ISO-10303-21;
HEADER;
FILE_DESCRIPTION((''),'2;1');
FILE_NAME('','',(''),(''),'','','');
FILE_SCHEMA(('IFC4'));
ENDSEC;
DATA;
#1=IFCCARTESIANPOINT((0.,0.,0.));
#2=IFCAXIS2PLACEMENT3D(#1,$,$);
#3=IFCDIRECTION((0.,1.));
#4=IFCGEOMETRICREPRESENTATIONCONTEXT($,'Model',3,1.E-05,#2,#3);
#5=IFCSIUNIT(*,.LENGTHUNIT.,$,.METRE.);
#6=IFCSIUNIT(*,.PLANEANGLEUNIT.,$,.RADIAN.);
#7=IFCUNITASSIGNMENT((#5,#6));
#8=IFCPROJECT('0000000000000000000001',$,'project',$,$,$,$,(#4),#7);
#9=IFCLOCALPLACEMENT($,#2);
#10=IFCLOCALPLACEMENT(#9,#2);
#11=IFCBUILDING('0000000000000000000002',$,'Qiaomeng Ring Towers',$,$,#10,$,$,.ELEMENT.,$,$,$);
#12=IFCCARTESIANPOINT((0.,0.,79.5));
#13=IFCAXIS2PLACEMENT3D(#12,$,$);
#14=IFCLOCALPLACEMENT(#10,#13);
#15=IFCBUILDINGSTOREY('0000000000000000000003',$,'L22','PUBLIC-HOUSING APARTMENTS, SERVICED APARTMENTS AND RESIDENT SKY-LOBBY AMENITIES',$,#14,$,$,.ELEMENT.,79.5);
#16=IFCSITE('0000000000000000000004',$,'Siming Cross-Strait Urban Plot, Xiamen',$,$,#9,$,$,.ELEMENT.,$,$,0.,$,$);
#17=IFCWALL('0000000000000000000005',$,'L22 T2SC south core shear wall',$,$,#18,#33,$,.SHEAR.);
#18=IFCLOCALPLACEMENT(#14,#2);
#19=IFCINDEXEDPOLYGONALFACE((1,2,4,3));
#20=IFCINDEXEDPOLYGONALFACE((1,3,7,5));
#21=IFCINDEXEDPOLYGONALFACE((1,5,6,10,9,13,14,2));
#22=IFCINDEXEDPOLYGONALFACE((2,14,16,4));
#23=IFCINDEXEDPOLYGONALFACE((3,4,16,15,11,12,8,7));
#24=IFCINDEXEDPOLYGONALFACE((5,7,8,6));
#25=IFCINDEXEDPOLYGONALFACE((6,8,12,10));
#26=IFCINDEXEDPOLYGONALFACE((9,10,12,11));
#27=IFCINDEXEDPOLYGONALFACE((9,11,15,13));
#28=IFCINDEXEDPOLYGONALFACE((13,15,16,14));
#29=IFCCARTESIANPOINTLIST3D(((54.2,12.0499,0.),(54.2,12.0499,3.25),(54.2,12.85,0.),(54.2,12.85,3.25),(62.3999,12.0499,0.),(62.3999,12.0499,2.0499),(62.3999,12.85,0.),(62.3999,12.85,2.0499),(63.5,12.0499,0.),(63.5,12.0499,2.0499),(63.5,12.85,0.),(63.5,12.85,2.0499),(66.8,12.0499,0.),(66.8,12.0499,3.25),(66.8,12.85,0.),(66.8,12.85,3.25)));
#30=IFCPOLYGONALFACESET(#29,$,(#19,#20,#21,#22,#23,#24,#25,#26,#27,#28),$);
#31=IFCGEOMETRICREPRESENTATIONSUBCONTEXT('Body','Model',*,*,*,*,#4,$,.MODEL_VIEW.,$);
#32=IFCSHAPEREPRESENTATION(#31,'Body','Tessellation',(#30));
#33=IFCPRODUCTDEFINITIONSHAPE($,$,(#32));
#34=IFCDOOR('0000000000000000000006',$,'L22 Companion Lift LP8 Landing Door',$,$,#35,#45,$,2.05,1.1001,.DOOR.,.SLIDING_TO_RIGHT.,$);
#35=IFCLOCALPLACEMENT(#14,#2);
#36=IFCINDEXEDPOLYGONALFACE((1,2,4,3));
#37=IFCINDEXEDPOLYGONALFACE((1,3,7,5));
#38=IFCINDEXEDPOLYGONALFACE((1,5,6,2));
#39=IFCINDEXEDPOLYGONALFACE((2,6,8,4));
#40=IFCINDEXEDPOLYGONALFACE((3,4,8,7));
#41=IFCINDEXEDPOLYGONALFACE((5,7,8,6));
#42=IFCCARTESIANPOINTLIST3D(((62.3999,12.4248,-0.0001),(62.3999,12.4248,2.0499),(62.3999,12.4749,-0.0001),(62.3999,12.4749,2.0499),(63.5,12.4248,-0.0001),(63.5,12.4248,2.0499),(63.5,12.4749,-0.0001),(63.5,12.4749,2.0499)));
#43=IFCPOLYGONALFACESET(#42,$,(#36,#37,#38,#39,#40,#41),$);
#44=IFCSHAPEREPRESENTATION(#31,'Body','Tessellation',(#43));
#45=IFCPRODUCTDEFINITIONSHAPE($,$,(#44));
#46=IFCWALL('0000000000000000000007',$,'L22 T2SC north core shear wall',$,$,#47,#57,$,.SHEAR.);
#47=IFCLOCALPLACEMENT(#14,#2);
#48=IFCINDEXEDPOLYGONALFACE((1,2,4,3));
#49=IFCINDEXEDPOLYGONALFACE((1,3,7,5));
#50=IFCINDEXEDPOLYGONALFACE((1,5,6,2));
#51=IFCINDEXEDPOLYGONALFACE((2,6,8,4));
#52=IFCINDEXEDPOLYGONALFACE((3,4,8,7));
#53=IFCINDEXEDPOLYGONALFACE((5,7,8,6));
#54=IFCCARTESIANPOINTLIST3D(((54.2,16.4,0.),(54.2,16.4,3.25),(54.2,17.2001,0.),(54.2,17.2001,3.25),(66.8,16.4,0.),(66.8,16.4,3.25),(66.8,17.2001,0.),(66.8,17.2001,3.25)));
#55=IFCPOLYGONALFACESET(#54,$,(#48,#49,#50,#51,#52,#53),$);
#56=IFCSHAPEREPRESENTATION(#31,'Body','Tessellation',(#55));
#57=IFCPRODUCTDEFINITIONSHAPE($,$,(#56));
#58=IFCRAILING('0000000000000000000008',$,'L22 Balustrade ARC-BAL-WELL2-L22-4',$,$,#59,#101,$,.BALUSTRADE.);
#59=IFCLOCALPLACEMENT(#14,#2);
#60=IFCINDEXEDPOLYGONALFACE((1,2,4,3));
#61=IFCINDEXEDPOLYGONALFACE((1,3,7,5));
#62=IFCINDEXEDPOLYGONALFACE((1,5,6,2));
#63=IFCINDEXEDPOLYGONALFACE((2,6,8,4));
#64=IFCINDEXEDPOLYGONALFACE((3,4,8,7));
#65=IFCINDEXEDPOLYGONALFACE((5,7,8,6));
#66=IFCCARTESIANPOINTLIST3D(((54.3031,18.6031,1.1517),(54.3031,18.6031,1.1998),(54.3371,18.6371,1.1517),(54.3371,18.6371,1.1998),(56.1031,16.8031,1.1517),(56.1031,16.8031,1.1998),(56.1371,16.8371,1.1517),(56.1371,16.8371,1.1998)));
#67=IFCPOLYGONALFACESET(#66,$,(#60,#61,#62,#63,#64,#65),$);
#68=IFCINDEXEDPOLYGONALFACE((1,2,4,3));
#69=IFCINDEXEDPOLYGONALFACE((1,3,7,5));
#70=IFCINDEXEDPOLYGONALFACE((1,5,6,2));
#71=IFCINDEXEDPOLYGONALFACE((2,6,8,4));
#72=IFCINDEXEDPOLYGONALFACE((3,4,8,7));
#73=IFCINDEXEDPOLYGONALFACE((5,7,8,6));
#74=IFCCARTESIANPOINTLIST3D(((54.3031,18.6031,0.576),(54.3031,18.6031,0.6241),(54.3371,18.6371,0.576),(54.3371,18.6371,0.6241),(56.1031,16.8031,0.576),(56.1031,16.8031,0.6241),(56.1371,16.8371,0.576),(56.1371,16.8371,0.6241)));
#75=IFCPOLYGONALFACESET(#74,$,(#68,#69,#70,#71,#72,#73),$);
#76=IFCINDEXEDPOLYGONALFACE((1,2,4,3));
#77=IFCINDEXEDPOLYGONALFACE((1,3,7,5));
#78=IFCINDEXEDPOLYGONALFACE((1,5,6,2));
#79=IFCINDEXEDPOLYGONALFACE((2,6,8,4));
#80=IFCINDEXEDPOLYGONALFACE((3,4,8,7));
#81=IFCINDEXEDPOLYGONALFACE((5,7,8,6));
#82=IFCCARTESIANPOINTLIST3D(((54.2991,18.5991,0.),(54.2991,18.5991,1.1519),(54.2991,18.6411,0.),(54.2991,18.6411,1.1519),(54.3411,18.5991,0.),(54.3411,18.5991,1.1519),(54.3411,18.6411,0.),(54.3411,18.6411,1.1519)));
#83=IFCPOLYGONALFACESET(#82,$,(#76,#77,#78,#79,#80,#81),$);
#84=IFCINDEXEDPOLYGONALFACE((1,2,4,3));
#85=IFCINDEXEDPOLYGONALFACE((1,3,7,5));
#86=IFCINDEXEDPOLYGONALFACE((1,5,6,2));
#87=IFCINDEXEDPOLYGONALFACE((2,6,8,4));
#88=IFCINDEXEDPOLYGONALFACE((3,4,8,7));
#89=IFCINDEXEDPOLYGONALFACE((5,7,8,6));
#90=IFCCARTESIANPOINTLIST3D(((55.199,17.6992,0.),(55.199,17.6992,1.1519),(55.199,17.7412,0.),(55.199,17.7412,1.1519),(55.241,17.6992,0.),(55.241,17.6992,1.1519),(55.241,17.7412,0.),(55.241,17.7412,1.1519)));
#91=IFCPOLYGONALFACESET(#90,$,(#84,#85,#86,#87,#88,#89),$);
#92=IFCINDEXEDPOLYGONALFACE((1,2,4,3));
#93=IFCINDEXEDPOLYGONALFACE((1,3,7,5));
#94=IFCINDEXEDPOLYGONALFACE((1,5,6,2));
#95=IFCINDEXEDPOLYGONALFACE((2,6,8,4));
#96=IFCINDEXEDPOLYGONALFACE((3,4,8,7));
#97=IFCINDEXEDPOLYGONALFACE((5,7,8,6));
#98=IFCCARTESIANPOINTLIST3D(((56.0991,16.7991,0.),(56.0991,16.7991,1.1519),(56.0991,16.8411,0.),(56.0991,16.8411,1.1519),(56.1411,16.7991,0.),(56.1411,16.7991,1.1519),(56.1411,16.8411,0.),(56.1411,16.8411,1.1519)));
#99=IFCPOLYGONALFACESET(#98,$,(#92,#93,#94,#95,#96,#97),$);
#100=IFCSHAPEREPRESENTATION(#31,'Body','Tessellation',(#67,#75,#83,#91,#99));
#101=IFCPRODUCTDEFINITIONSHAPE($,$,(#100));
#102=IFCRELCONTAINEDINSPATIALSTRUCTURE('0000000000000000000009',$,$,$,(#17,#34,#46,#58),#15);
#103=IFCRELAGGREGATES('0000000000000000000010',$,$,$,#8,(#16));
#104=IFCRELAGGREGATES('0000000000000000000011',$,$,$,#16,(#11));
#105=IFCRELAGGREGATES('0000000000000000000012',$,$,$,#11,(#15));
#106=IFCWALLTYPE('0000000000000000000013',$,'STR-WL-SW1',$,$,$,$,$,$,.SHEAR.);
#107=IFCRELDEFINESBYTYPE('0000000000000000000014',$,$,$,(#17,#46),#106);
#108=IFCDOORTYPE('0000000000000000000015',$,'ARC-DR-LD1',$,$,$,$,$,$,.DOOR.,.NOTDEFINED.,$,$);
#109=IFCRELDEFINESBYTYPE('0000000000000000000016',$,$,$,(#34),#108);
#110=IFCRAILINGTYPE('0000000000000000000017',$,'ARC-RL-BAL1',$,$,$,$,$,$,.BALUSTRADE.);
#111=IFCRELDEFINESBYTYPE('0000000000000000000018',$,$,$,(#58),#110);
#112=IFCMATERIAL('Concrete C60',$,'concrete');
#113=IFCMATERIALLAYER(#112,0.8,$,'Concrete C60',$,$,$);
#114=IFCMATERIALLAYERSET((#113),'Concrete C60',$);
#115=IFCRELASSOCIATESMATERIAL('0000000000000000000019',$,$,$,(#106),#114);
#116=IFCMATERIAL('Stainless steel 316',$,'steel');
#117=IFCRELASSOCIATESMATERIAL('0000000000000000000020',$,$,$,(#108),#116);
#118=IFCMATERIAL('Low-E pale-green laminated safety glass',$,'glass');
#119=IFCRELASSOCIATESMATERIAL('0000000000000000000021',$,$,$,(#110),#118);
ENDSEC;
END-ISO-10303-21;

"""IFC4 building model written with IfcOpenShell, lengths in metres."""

from ifc_helpers import new_model, si_unit, direction, frame, frame_2d, origin, origin_2d, place, context, subcontext, project, spatial, rectangle, extrude, source, transform, mapped, material, layer, layer_set, type_object, element, fill, save


model = new_model("IFC4")

# Units and contexts
model_context = context("Model", 3, precision=1e-05, world=origin(), true_north=direction((0.0, 1.0)))
body_context = subcontext(model_context, "Body", "Model", "MODEL_VIEW")
ifc_project = project(units=[si_unit("LENGTHUNIT", "METRE"), si_unit("PLANEANGLEUNIT", "RADIAN")], contexts=[model_context])

# Site, building, storey
site_placement = place(None, origin())
site = spatial("IfcSite", under=ifc_project, at=site_placement, Name="Siming Cross-Strait Urban Plot, Xiamen", CompositionType="ELEMENT", RefElevation=0.0)
building_placement = place(site_placement, origin())
building = spatial("IfcBuilding", under=site, at=building_placement, Name="Qiaomeng Ring Towers", CompositionType="ELEMENT")
storey_placement = place(building_placement, frame((0.0, 0.0, 79.5)))
storey = spatial("IfcBuildingStorey", under=building, at=storey_placement, Name="L22", Description="PUBLIC-HOUSING APARTMENTS, SERVICED APARTMENTS AND RESIDENT SKY-LOBBY AMENITIES", CompositionType="ELEMENT", Elevation=79.5)

# Wall, opening, door
ifc_material_1 = material(Name="Concrete C60", Category="concrete")
ifc_layer_1 = layer(ifc_material_1, 0.8, Name="Concrete C60")
ifc_layer_set_1 = layer_set([ifc_layer_1], Name="Concrete C60")
wall_type_1 = type_object("IfcWallType", Name="STR-WL-SW1", PredefinedType="SHEAR", material=ifc_layer_set_1)
wall_1_placement = place(storey_placement, frame((54.2, 12.45, 0.0), z_axis=(0.0, 0.0, 1.0), x_axis=(1.0, 0.0, 0.0)))
wall_1 = element("IfcWall", 1, at=wall_1_placement, inside=storey, type_object=wall_type_1, Name="L22 T2SC south core shear wall", PredefinedType="SHEAR", context=body_context, shape_type="SweptSolid", body=[
    extrude(rectangle(XDim=12.6001, YDim=0.8, at=frame_2d((6.3, 0.0))), origin(), (0.0, 0.0, 1.0), 3.25),
])
opening_1_placement = place(wall_1_placement, frame((8.2, 0.0, 0.0)))
opening_1 = element("IfcOpeningElement", 2, at=opening_1_placement, cuts=wall_1, PredefinedType="OPENING", context=body_context, shape_type="SweptSolid", body=[
    extrude(rectangle(XDim=1.1001, YDim=2.05, at=frame_2d((0.55, 1.0249))), frame((0.0, 0.4099, 0.0), z_axis=(0.0, -1.0, 0.0), x_axis=(1.0, 0.0, 0.0)), (0.0, 0.0, 1.0), 0.8201),
])
ifc_material_2 = material(Name="Stainless steel 316", Category="steel")
door_type_1 = type_object("IfcDoorType", Name="ARC-DR-LD1", OperationType="NOTDEFINED", PredefinedType="DOOR", material=ifc_material_2)
shared_shape_1 = source(origin(), body_context, "Body", "SweptSolid", [
    extrude(rectangle(XDim=1.1001, YDim=2.05, at=frame_2d((0.55, 1.0249))), frame((0.0, 0.0249, 0.0), z_axis=(0.0, -1.0, 0.0), x_axis=(1.0, 0.0, 0.0)), (0.0, 0.0, 1.0), 0.05),
])
door_1_placement = place(opening_1_placement, origin())
door_1 = element("IfcDoor", 3, at=door_1_placement, inside=storey, type_object=door_type_1, Name="L22 Companion Lift LP8 Landing Door", OperationType="SLIDING_TO_RIGHT", OverallHeight=2.05, OverallWidth=1.1001, PredefinedType="DOOR", context=body_context, shape_type="MappedRepresentation", body=[
    mapped(shared_shape_1, transform((0.0, 0.0, 0.0), x_axis=(1.0, 0.0, 0.0), y_axis=(0.0, 1.0, 0.0), z_axis=(0.0, 0.0, 1.0), scale=1.0)),
])
fill(opening_1, door_1)

# Wall
wall_2_placement = place(storey_placement, frame((54.2, 16.8, 0.0), z_axis=(0.0, 0.0, 1.0), x_axis=(1.0, 0.0, 0.0)))
element("IfcWall", 4, at=wall_2_placement, inside=storey, type_object=wall_type_1, Name="L22 T2SC north core shear wall", PredefinedType="SHEAR", context=body_context, shape_type="SweptSolid", body=[
    extrude(rectangle(XDim=12.6001, YDim=0.8, at=frame_2d((6.3, 0.0))), origin(), (0.0, 0.0, 1.0), 3.25),
])

# Railing
ifc_material_3 = material(Name="Low-E pale-green laminated safety glass", Category="glass")
railing_type = type_object("IfcRailingType", Name="ARC-RL-BAL1", PredefinedType="BALUSTRADE", material=ifc_material_3)
railing_1_placement = place(storey_placement, frame((54.3201, 18.6201, 0.0)))
element("IfcRailing", 5, at=railing_1_placement, inside=storey, type_object=railing_type, Name="L22 Balustrade ARC-BAL-WELL2-L22-4", PredefinedType="BALUSTRADE", context=body_context, shape_type="SweptSolid", body=[
    extrude(rectangle(XDim=0.0481, YDim=0.0481, at=origin_2d()), frame((0.0, 0.0, 1.1758), z_axis=(0.707107, -0.707107, 0.0), x_axis=(0.707107, 0.707107, 0.0)), (0.0, 0.0, 1.0), 2.5457),
    extrude(rectangle(XDim=0.0481, YDim=0.0481, at=origin_2d()), frame((0.0, 0.0, 0.6001), z_axis=(0.707107, -0.707107, 0.0), x_axis=(0.707107, 0.707107, 0.0)), (0.0, 0.0, 1.0), 2.5457),
    extrude(rectangle(XDim=0.042, YDim=0.042, at=origin_2d()), origin(), (0.0, 0.0, 1.0), 1.1519),
    extrude(rectangle(XDim=0.042, YDim=0.042, at=origin_2d()), frame((0.8999, -0.8999, 0.0)), (0.0, 0.0, 1.0), 1.1519),
    extrude(rectangle(XDim=0.042, YDim=0.042, at=origin_2d()), frame((1.8, -1.8, 0.0)), (0.0, 0.0, 1.0), 1.1519),
])

save(model, "model.ifc")
